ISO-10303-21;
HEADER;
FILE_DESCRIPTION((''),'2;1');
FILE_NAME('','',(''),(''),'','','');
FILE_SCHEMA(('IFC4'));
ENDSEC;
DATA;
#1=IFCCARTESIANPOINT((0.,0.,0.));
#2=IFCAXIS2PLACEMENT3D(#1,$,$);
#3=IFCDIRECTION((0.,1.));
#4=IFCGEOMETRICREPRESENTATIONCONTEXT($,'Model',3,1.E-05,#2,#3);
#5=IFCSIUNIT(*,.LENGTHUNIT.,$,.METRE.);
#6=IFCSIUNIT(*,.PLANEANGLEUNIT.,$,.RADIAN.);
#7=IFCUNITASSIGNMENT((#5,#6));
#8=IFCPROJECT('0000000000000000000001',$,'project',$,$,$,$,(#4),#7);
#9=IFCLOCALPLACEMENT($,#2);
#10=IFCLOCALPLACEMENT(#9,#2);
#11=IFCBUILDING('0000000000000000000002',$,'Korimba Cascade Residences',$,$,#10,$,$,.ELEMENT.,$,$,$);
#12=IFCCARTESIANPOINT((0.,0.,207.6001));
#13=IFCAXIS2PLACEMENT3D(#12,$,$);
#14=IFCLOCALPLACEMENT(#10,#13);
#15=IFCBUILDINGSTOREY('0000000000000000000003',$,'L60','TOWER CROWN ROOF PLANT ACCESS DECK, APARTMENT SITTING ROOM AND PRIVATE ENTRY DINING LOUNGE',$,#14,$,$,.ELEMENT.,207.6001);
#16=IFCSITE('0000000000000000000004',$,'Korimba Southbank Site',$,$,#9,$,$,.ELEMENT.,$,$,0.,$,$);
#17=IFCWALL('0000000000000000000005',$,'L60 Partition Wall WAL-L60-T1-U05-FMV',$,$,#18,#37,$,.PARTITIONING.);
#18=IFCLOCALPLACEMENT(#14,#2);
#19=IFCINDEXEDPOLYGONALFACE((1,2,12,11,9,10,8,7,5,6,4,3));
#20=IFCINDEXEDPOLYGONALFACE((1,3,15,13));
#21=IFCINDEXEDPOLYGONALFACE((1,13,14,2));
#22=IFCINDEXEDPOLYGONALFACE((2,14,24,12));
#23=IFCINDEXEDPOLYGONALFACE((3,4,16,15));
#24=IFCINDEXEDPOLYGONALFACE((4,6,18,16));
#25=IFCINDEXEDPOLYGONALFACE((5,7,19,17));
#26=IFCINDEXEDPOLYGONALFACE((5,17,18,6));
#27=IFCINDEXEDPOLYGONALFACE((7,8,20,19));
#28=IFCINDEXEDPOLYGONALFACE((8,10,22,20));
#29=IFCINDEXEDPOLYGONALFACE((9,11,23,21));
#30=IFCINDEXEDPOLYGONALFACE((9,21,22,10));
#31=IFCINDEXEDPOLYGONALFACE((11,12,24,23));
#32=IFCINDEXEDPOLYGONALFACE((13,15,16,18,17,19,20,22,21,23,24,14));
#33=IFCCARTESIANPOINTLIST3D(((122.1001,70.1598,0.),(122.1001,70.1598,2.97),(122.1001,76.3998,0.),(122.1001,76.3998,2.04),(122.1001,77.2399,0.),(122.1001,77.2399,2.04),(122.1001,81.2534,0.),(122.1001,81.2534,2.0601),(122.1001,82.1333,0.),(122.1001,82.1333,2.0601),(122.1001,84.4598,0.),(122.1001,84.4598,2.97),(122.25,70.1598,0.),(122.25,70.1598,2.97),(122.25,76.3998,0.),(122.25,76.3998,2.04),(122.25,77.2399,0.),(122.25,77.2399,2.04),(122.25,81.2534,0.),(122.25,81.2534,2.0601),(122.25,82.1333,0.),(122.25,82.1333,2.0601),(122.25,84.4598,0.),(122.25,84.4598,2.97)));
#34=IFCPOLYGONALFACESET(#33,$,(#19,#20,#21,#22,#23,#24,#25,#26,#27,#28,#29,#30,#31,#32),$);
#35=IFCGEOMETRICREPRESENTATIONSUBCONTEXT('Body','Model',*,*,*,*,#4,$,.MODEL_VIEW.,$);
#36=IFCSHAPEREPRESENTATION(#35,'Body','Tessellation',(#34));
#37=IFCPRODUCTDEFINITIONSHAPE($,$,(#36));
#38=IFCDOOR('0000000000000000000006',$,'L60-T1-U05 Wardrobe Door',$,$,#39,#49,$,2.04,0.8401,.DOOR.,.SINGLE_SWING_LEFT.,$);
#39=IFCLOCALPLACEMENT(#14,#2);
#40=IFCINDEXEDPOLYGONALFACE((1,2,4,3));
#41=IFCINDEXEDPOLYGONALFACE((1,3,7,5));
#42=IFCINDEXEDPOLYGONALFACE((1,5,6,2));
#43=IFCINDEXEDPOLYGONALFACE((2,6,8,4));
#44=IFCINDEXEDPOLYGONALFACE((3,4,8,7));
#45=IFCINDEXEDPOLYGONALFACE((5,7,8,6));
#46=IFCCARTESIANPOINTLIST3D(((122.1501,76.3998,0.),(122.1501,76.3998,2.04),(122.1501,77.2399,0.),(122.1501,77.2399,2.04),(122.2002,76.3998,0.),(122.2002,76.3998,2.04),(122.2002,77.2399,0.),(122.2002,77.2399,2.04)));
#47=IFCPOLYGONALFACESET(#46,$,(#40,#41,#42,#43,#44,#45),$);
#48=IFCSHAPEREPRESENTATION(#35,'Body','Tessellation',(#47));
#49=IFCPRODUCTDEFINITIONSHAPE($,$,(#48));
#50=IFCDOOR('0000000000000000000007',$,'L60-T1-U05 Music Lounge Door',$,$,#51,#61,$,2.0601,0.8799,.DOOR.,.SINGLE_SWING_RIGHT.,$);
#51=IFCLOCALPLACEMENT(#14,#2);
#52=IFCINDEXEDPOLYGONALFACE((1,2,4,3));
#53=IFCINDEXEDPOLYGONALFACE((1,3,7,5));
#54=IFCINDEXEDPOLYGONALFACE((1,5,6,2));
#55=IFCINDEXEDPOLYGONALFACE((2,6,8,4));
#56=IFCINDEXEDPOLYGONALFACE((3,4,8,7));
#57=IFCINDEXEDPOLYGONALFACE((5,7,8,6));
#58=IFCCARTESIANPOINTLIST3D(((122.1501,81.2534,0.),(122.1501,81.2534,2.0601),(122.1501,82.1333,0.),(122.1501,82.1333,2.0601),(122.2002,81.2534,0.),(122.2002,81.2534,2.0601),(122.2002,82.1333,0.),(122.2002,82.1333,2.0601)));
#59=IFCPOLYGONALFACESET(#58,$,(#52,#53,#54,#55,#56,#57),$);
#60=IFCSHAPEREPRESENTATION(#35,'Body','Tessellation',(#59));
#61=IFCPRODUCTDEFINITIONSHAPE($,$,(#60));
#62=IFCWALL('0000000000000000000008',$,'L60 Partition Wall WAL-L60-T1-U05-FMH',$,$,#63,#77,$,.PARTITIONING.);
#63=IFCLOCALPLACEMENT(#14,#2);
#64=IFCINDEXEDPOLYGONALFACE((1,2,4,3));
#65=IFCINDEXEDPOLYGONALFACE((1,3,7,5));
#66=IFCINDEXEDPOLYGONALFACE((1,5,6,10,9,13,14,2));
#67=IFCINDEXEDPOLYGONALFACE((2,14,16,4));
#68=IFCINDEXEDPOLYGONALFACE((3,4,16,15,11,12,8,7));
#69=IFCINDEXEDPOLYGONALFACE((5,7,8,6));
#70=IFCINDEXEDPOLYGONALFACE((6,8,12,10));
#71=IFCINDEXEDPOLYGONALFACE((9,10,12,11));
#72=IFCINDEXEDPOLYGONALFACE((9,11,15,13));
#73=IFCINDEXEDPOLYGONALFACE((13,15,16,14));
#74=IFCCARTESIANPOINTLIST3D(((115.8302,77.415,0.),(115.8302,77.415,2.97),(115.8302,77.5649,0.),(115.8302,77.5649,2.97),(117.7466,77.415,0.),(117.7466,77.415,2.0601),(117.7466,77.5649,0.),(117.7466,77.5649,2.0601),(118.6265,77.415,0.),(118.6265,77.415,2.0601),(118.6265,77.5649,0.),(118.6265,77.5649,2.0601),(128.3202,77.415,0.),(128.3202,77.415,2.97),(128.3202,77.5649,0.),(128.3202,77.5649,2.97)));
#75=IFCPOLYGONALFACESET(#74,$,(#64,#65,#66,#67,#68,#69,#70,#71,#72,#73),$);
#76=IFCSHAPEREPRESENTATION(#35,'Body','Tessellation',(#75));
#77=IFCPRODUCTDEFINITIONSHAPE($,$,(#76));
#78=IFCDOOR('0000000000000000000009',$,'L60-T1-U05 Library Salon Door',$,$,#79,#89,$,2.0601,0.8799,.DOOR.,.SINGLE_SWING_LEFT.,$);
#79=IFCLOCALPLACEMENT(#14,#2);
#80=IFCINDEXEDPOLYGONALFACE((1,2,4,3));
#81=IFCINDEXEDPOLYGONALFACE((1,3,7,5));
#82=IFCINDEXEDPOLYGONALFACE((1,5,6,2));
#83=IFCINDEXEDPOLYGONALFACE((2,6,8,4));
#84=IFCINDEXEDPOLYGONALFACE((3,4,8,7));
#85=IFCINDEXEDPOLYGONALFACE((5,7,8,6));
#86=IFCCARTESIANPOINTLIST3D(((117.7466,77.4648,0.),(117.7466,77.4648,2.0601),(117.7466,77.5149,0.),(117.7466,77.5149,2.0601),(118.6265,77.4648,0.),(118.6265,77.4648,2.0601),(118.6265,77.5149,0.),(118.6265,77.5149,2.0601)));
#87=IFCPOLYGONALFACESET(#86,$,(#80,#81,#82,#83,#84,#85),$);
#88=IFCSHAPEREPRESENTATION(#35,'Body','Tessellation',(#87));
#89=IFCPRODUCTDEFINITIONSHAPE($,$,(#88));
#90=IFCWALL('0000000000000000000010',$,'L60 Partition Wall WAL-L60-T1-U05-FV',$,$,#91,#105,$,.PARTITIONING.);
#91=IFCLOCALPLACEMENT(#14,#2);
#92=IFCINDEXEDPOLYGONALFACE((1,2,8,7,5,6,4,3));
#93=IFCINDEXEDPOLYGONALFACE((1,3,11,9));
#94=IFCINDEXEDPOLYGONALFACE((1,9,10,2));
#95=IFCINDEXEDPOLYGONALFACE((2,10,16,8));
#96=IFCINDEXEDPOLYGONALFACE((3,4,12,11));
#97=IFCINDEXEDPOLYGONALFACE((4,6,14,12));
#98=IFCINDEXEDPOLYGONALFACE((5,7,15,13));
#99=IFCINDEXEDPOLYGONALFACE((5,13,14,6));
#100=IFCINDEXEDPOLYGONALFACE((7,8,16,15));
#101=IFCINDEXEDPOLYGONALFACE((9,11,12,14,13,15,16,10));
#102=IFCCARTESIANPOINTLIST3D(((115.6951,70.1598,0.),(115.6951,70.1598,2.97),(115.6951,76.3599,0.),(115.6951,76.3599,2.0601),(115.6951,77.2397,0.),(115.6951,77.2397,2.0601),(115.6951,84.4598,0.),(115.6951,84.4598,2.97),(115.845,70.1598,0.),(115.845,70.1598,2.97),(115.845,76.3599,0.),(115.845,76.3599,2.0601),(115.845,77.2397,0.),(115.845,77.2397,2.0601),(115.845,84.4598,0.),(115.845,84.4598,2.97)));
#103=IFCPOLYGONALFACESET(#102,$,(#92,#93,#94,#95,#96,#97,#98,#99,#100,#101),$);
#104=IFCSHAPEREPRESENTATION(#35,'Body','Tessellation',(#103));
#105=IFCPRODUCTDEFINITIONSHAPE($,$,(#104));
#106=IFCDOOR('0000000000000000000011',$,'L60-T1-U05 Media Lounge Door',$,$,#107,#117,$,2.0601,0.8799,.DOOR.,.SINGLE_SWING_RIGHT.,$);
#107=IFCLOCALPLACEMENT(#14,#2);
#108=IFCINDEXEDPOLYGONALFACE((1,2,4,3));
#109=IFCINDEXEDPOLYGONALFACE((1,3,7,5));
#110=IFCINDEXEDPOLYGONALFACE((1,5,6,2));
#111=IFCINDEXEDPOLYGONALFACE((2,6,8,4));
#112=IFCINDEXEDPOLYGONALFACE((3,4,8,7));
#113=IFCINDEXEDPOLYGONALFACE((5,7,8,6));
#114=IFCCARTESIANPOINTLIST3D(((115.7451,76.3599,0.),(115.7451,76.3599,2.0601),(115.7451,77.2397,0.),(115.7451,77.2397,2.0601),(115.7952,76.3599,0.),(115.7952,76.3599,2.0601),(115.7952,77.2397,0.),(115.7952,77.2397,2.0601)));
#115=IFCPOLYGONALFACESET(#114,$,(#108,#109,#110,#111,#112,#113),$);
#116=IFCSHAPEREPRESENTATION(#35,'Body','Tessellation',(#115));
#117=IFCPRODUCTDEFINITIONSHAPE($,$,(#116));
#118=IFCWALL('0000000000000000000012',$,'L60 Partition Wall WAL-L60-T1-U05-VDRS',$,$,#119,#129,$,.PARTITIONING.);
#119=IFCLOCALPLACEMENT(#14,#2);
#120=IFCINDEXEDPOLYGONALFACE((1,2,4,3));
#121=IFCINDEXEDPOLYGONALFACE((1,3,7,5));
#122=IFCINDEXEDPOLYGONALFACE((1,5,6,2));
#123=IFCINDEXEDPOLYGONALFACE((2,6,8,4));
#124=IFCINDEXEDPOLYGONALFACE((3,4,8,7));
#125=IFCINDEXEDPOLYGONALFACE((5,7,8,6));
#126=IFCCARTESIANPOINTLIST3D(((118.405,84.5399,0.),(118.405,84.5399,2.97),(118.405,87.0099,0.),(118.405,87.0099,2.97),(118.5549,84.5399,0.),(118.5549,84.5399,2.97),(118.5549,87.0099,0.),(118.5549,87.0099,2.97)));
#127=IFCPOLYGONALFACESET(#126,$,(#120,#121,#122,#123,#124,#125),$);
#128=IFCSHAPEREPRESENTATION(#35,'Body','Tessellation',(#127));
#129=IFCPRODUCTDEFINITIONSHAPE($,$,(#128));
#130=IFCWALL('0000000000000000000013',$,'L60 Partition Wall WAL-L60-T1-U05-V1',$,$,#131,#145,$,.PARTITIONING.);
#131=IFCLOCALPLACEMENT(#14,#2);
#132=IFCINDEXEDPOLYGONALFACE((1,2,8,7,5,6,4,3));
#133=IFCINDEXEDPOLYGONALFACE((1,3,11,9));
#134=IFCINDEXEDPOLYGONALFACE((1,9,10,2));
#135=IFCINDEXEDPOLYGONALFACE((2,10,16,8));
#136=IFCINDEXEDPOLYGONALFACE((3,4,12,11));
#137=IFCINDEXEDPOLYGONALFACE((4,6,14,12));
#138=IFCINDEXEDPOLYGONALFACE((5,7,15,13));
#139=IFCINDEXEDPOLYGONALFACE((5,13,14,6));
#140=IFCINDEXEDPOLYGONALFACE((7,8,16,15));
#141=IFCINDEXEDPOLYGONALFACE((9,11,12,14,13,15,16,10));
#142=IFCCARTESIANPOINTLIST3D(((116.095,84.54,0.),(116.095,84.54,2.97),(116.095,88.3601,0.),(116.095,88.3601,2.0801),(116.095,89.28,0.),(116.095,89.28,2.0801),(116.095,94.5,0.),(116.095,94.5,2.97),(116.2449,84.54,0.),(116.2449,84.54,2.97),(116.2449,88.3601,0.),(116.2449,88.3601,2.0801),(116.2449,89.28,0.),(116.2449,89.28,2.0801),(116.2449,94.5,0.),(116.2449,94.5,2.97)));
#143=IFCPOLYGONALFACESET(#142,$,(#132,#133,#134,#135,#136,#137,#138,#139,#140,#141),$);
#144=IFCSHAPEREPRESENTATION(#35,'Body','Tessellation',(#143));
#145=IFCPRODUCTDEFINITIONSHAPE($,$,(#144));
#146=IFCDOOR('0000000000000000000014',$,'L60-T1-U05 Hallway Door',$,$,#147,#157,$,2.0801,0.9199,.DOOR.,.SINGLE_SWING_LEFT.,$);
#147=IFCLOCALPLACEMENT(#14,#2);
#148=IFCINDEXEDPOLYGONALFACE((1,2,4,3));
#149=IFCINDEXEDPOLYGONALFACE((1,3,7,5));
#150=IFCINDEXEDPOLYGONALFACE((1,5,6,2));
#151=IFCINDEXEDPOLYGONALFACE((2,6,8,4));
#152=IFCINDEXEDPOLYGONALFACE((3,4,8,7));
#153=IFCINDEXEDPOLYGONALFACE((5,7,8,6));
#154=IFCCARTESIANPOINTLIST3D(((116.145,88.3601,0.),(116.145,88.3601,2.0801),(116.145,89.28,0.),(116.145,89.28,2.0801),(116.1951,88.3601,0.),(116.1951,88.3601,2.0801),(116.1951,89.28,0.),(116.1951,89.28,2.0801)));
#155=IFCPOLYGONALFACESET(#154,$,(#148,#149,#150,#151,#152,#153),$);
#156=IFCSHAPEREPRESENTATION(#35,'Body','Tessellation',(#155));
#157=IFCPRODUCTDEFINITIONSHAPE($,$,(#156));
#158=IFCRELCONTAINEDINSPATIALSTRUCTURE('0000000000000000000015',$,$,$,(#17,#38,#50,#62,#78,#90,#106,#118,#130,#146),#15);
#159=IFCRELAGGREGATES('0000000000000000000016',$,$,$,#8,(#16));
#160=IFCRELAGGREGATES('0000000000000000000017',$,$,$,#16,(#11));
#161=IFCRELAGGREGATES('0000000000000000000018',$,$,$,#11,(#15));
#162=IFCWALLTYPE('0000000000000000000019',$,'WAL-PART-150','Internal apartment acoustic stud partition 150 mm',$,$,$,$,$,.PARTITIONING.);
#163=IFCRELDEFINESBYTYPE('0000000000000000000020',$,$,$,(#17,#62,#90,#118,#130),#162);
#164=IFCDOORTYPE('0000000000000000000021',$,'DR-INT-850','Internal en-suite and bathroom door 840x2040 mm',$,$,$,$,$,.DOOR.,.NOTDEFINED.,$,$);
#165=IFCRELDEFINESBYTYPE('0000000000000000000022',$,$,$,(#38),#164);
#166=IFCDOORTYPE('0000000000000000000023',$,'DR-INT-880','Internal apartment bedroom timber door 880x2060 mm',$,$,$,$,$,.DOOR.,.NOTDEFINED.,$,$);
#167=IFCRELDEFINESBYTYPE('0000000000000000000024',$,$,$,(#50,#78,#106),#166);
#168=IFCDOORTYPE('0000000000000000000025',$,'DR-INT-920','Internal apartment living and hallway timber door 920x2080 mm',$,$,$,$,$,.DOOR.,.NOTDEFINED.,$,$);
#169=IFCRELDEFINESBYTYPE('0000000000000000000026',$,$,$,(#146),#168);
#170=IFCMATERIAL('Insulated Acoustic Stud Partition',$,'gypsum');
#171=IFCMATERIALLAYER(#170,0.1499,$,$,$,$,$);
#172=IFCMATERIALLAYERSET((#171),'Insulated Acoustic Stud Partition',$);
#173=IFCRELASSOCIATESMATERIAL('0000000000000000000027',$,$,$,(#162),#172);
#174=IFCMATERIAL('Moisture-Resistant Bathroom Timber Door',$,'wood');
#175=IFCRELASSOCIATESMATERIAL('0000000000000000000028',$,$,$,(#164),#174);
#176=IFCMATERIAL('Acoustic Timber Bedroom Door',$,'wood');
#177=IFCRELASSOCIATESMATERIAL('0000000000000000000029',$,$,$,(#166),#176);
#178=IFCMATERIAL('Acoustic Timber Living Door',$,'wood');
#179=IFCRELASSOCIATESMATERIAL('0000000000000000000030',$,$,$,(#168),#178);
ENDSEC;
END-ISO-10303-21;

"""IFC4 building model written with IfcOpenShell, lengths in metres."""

from ifc_helpers import new_model, si_unit, direction, frame, frame_2d, origin, place, context, subcontext, project, spatial, rectangle, extrude, material, layer, layer_set, type_object, element, fill, save


model = new_model("IFC4")

# Units and contexts
model_context = context("Model", 3, precision=1e-05, world=origin(), true_north=direction((0.0, 1.0)))
body_context = subcontext(model_context, "Body", "Model", "MODEL_VIEW")
ifc_project = project(units=[si_unit("LENGTHUNIT", "METRE"), si_unit("PLANEANGLEUNIT", "RADIAN")], contexts=[model_context])

# Site, building, storey
site_placement = place(None, origin())
site = spatial("IfcSite", under=ifc_project, at=site_placement, Name="Korimba Southbank Site", CompositionType="ELEMENT", RefElevation=0.0)
building_placement = place(site_placement, origin())
building = spatial("IfcBuilding", under=site, at=building_placement, Name="Korimba Cascade Residences", CompositionType="ELEMENT")
storey_placement = place(building_placement, frame((0.0, 0.0, 207.6001)))
storey = spatial("IfcBuildingStorey", under=building, at=storey_placement, Name="L60", Description="TOWER CROWN ROOF PLANT ACCESS DECK, APARTMENT SITTING ROOM AND PRIVATE ENTRY DINING LOUNGE", CompositionType="ELEMENT", Elevation=207.6001)

# Wall, openings, doors
ifc_material_1 = material(Name="Insulated Acoustic Stud Partition", Category="gypsum")
ifc_layer_1 = layer(ifc_material_1, 0.1499)
ifc_layer_set_1 = layer_set([ifc_layer_1], Name="Insulated Acoustic Stud Partition")
wall_type_1 = type_object("IfcWallType", Name="WAL-PART-150", Description="Internal apartment acoustic stud partition 150 mm", PredefinedType="PARTITIONING", material=ifc_layer_set_1)
wall_1_placement = place(storey_placement, frame((122.175, 70.1599, 0.0), z_axis=(0.0, 0.0, 1.0), x_axis=(0.0, 1.0, 0.0)))
wall_1 = element("IfcWall", 1, at=wall_1_placement, inside=storey, type_object=wall_type_1, Name="L60 Partition Wall WAL-L60-T1-U05-FMV", PredefinedType="PARTITIONING", context=body_context, shape_type="SweptSolid", body=[
    extrude(rectangle(XDim=14.3, YDim=0.1499, at=frame_2d((7.1499, 0.0))), origin(), (0.0, 0.0, 1.0), 2.97),
])
opening_1_placement = place(wall_1_placement, frame((6.24, 0.0, 0.0)))
opening_1 = element("IfcOpeningElement", 2, at=opening_1_placement, cuts=wall_1, PredefinedType="OPENING", context=body_context, shape_type="SweptSolid", body=[
    extrude(rectangle(XDim=0.8401, YDim=2.04, at=frame_2d((0.4199, 1.02))), frame((0.0, 0.085, 0.0), z_axis=(0.0, -1.0, 0.0), x_axis=(1.0, 0.0, 0.0)), (0.0, 0.0, 1.0), 0.1699),
])
opening_2_placement = place(wall_1_placement, frame((11.0935, 0.0, 0.0)))
opening_2 = element("IfcOpeningElement", 3, at=opening_2_placement, cuts=wall_1, PredefinedType="OPENING", context=body_context, shape_type="SweptSolid", body=[
    extrude(rectangle(XDim=0.8799, YDim=2.0601, at=frame_2d((0.4399, 1.03))), frame((0.0, 0.085, 0.0), z_axis=(0.0, -1.0, 0.0), x_axis=(1.0, 0.0, 0.0)), (0.0, 0.0, 1.0), 0.1699),
])
ifc_material_2 = material(Name="Moisture-Resistant Bathroom Timber Door", Category="wood")
door_type_1 = type_object("IfcDoorType", Name="DR-INT-850", Description="Internal en-suite and bathroom door 840x2040 mm", OperationType="NOTDEFINED", PredefinedType="DOOR", material=ifc_material_2)
door_1_placement = place(opening_1_placement, origin())
door_1 = element("IfcDoor", 4, at=door_1_placement, inside=storey, type_object=door_type_1, Name="L60-T1-U05 Wardrobe Door", OperationType="SINGLE_SWING_LEFT", OverallHeight=2.04, OverallWidth=0.8401, PredefinedType="DOOR", context=body_context, shape_type="SweptSolid", body=[
    extrude(rectangle(XDim=0.8401, YDim=2.04, at=frame_2d((0.4199, 1.02))), frame((0.0, 0.0249, 0.0), z_axis=(0.0, -1.0, 0.0), x_axis=(1.0, 0.0, 0.0)), (0.0, 0.0, 1.0), 0.05),
])
fill(opening_1, door_1)
ifc_material_3 = material(Name="Acoustic Timber Bedroom Door", Category="wood")
door_type_2 = type_object("IfcDoorType", Name="DR-INT-880", Description="Internal apartment bedroom timber door 880x2060 mm", OperationType="NOTDEFINED", PredefinedType="DOOR", material=ifc_material_3)
door_2_placement = place(opening_2_placement, origin())
door_2 = element("IfcDoor", 5, at=door_2_placement, inside=storey, type_object=door_type_2, Name="L60-T1-U05 Music Lounge Door", OperationType="SINGLE_SWING_RIGHT", OverallHeight=2.0601, OverallWidth=0.8799, PredefinedType="DOOR", context=body_context, shape_type="SweptSolid", body=[
    extrude(rectangle(XDim=0.8799, YDim=2.0601, at=frame_2d((0.4399, 1.03))), frame((0.0, 0.0249, 0.0), z_axis=(0.0, -1.0, 0.0), x_axis=(1.0, 0.0, 0.0)), (0.0, 0.0, 1.0), 0.05),
])
fill(opening_2, door_2)

# Walls, openings, doors
wall_2_placement = place(storey_placement, frame((115.8301, 77.49, 0.0), z_axis=(0.0, 0.0, 1.0), x_axis=(1.0, 0.0, 0.0)))
wall_2 = element("IfcWall", 6, at=wall_2_placement, inside=storey, type_object=wall_type_1, Name="L60 Partition Wall WAL-L60-T1-U05-FMH", PredefinedType="PARTITIONING", context=body_context, shape_type="SweptSolid", body=[
    extrude(rectangle(XDim=12.49, YDim=0.1499, at=frame_2d((6.2451, 0.0))), origin(), (0.0, 0.0, 1.0), 2.97),
])
opening_3_placement = place(wall_2_placement, frame((1.9165, 0.0, 0.0)))
opening_3 = element("IfcOpeningElement", 7, at=opening_3_placement, cuts=wall_2, PredefinedType="OPENING", context=body_context, shape_type="SweptSolid", body=[
    extrude(rectangle(XDim=0.8799, YDim=2.0601, at=frame_2d((0.4399, 1.03))), frame((0.0, 0.085, 0.0), z_axis=(0.0, -1.0, 0.0), x_axis=(1.0, 0.0, 0.0)), (0.0, 0.0, 1.0), 0.1699),
])
door_3_placement = place(opening_3_placement, origin())
door_3 = element("IfcDoor", 8, at=door_3_placement, inside=storey, type_object=door_type_2, Name="L60-T1-U05 Library Salon Door", OperationType="SINGLE_SWING_LEFT", OverallHeight=2.0601, OverallWidth=0.8799, PredefinedType="DOOR", context=body_context, shape_type="SweptSolid", body=[
    extrude(rectangle(XDim=0.8799, YDim=2.0601, at=frame_2d((0.4399, 1.03))), frame((0.0, 0.0249, 0.0), z_axis=(0.0, -1.0, 0.0), x_axis=(1.0, 0.0, 0.0)), (0.0, 0.0, 1.0), 0.05),
])
fill(opening_3, door_3)
wall_3_placement = place(storey_placement, frame((115.77, 70.1599, 0.0), z_axis=(0.0, 0.0, 1.0), x_axis=(0.0, 1.0, 0.0)))
wall_3 = element("IfcWall", 9, at=wall_3_placement, inside=storey, type_object=wall_type_1, Name="L60 Partition Wall WAL-L60-T1-U05-FV", PredefinedType="PARTITIONING", context=body_context, shape_type="SweptSolid", body=[
    extrude(rectangle(XDim=14.3, YDim=0.1499, at=frame_2d((7.1499, 0.0))), origin(), (0.0, 0.0, 1.0), 2.97),
])
opening_4_placement = place(wall_3_placement, frame((6.2, 0.0, 0.0)))
opening_4 = element("IfcOpeningElement", 10, at=opening_4_placement, cuts=wall_3, PredefinedType="OPENING", context=body_context, shape_type="SweptSolid", body=[
    extrude(rectangle(XDim=0.8799, YDim=2.0601, at=frame_2d((0.4399, 1.03))), frame((0.0, 0.085, 0.0), z_axis=(0.0, -1.0, 0.0), x_axis=(1.0, 0.0, 0.0)), (0.0, 0.0, 1.0), 0.1699),
])
door_4_placement = place(opening_4_placement, origin())
door_4 = element("IfcDoor", 11, at=door_4_placement, inside=storey, type_object=door_type_2, Name="L60-T1-U05 Media Lounge Door", OperationType="SINGLE_SWING_RIGHT", OverallHeight=2.0601, OverallWidth=0.8799, PredefinedType="DOOR", context=body_context, shape_type="SweptSolid", body=[
    extrude(rectangle(XDim=0.8799, YDim=2.0601, at=frame_2d((0.4399, 1.03))), frame((0.0, 0.0249, 0.0), z_axis=(0.0, -1.0, 0.0), x_axis=(1.0, 0.0, 0.0)), (0.0, 0.0, 1.0), 0.05),
])
fill(opening_4, door_4)

# Wall
wall_4_placement = place(storey_placement, frame((118.48, 84.54, 0.0), z_axis=(0.0, 0.0, 1.0), x_axis=(0.0, 1.0, 0.0)))
element("IfcWall", 12, at=wall_4_placement, inside=storey, type_object=wall_type_1, Name="L60 Partition Wall WAL-L60-T1-U05-VDRS", PredefinedType="PARTITIONING", context=body_context, shape_type="SweptSolid", body=[
    extrude(rectangle(XDim=2.47, YDim=0.1499, at=frame_2d((1.2349, 0.0))), origin(), (0.0, 0.0, 1.0), 2.97),
])

# Wall, opening, door
wall_5_placement = place(storey_placement, frame((116.1699, 84.54, 0.0), z_axis=(0.0, 0.0, 1.0), x_axis=(0.0, 1.0, 0.0)))
wall_5 = element("IfcWall", 13, at=wall_5_placement, inside=storey, type_object=wall_type_1, Name="L60 Partition Wall WAL-L60-T1-U05-V1", PredefinedType="PARTITIONING", context=body_context, shape_type="SweptSolid", body=[
    extrude(rectangle(XDim=9.96, YDim=0.1499, at=frame_2d((4.98, 0.0))), origin(), (0.0, 0.0, 1.0), 2.97),
])
opening_5_placement = place(wall_5_placement, frame((3.8201, 0.0, 0.0)))
opening_5 = element("IfcOpeningElement", 14, at=opening_5_placement, cuts=wall_5, PredefinedType="OPENING", context=body_context, shape_type="SweptSolid", body=[
    extrude(rectangle(XDim=0.9199, YDim=2.0801, at=frame_2d((0.46, 1.04))), frame((0.0, 0.085, 0.0), z_axis=(0.0, -1.0, 0.0), x_axis=(1.0, 0.0, 0.0)), (0.0, 0.0, 1.0), 0.1699),
])
ifc_material_4 = material(Name="Acoustic Timber Living Door", Category="wood")
door_type_3 = type_object("IfcDoorType", Name="DR-INT-920", Description="Internal apartment living and hallway timber door 920x2080 mm", OperationType="NOTDEFINED", PredefinedType="DOOR", material=ifc_material_4)
door_5_placement = place(opening_5_placement, origin())
door_5 = element("IfcDoor", 15, at=door_5_placement, inside=storey, type_object=door_type_3, Name="L60-T1-U05 Hallway Door", OperationType="SINGLE_SWING_LEFT", OverallHeight=2.0801, OverallWidth=0.9199, PredefinedType="DOOR", context=body_context, shape_type="SweptSolid", body=[
    extrude(rectangle(XDim=0.9199, YDim=2.0801, at=frame_2d((0.46, 1.04))), frame((0.0, 0.0249, 0.0), z_axis=(0.0, -1.0, 0.0), x_axis=(1.0, 0.0, 0.0)), (0.0, 0.0, 1.0), 0.05),
])
fill(opening_5, door_5)

save(model, "model.ifc")
